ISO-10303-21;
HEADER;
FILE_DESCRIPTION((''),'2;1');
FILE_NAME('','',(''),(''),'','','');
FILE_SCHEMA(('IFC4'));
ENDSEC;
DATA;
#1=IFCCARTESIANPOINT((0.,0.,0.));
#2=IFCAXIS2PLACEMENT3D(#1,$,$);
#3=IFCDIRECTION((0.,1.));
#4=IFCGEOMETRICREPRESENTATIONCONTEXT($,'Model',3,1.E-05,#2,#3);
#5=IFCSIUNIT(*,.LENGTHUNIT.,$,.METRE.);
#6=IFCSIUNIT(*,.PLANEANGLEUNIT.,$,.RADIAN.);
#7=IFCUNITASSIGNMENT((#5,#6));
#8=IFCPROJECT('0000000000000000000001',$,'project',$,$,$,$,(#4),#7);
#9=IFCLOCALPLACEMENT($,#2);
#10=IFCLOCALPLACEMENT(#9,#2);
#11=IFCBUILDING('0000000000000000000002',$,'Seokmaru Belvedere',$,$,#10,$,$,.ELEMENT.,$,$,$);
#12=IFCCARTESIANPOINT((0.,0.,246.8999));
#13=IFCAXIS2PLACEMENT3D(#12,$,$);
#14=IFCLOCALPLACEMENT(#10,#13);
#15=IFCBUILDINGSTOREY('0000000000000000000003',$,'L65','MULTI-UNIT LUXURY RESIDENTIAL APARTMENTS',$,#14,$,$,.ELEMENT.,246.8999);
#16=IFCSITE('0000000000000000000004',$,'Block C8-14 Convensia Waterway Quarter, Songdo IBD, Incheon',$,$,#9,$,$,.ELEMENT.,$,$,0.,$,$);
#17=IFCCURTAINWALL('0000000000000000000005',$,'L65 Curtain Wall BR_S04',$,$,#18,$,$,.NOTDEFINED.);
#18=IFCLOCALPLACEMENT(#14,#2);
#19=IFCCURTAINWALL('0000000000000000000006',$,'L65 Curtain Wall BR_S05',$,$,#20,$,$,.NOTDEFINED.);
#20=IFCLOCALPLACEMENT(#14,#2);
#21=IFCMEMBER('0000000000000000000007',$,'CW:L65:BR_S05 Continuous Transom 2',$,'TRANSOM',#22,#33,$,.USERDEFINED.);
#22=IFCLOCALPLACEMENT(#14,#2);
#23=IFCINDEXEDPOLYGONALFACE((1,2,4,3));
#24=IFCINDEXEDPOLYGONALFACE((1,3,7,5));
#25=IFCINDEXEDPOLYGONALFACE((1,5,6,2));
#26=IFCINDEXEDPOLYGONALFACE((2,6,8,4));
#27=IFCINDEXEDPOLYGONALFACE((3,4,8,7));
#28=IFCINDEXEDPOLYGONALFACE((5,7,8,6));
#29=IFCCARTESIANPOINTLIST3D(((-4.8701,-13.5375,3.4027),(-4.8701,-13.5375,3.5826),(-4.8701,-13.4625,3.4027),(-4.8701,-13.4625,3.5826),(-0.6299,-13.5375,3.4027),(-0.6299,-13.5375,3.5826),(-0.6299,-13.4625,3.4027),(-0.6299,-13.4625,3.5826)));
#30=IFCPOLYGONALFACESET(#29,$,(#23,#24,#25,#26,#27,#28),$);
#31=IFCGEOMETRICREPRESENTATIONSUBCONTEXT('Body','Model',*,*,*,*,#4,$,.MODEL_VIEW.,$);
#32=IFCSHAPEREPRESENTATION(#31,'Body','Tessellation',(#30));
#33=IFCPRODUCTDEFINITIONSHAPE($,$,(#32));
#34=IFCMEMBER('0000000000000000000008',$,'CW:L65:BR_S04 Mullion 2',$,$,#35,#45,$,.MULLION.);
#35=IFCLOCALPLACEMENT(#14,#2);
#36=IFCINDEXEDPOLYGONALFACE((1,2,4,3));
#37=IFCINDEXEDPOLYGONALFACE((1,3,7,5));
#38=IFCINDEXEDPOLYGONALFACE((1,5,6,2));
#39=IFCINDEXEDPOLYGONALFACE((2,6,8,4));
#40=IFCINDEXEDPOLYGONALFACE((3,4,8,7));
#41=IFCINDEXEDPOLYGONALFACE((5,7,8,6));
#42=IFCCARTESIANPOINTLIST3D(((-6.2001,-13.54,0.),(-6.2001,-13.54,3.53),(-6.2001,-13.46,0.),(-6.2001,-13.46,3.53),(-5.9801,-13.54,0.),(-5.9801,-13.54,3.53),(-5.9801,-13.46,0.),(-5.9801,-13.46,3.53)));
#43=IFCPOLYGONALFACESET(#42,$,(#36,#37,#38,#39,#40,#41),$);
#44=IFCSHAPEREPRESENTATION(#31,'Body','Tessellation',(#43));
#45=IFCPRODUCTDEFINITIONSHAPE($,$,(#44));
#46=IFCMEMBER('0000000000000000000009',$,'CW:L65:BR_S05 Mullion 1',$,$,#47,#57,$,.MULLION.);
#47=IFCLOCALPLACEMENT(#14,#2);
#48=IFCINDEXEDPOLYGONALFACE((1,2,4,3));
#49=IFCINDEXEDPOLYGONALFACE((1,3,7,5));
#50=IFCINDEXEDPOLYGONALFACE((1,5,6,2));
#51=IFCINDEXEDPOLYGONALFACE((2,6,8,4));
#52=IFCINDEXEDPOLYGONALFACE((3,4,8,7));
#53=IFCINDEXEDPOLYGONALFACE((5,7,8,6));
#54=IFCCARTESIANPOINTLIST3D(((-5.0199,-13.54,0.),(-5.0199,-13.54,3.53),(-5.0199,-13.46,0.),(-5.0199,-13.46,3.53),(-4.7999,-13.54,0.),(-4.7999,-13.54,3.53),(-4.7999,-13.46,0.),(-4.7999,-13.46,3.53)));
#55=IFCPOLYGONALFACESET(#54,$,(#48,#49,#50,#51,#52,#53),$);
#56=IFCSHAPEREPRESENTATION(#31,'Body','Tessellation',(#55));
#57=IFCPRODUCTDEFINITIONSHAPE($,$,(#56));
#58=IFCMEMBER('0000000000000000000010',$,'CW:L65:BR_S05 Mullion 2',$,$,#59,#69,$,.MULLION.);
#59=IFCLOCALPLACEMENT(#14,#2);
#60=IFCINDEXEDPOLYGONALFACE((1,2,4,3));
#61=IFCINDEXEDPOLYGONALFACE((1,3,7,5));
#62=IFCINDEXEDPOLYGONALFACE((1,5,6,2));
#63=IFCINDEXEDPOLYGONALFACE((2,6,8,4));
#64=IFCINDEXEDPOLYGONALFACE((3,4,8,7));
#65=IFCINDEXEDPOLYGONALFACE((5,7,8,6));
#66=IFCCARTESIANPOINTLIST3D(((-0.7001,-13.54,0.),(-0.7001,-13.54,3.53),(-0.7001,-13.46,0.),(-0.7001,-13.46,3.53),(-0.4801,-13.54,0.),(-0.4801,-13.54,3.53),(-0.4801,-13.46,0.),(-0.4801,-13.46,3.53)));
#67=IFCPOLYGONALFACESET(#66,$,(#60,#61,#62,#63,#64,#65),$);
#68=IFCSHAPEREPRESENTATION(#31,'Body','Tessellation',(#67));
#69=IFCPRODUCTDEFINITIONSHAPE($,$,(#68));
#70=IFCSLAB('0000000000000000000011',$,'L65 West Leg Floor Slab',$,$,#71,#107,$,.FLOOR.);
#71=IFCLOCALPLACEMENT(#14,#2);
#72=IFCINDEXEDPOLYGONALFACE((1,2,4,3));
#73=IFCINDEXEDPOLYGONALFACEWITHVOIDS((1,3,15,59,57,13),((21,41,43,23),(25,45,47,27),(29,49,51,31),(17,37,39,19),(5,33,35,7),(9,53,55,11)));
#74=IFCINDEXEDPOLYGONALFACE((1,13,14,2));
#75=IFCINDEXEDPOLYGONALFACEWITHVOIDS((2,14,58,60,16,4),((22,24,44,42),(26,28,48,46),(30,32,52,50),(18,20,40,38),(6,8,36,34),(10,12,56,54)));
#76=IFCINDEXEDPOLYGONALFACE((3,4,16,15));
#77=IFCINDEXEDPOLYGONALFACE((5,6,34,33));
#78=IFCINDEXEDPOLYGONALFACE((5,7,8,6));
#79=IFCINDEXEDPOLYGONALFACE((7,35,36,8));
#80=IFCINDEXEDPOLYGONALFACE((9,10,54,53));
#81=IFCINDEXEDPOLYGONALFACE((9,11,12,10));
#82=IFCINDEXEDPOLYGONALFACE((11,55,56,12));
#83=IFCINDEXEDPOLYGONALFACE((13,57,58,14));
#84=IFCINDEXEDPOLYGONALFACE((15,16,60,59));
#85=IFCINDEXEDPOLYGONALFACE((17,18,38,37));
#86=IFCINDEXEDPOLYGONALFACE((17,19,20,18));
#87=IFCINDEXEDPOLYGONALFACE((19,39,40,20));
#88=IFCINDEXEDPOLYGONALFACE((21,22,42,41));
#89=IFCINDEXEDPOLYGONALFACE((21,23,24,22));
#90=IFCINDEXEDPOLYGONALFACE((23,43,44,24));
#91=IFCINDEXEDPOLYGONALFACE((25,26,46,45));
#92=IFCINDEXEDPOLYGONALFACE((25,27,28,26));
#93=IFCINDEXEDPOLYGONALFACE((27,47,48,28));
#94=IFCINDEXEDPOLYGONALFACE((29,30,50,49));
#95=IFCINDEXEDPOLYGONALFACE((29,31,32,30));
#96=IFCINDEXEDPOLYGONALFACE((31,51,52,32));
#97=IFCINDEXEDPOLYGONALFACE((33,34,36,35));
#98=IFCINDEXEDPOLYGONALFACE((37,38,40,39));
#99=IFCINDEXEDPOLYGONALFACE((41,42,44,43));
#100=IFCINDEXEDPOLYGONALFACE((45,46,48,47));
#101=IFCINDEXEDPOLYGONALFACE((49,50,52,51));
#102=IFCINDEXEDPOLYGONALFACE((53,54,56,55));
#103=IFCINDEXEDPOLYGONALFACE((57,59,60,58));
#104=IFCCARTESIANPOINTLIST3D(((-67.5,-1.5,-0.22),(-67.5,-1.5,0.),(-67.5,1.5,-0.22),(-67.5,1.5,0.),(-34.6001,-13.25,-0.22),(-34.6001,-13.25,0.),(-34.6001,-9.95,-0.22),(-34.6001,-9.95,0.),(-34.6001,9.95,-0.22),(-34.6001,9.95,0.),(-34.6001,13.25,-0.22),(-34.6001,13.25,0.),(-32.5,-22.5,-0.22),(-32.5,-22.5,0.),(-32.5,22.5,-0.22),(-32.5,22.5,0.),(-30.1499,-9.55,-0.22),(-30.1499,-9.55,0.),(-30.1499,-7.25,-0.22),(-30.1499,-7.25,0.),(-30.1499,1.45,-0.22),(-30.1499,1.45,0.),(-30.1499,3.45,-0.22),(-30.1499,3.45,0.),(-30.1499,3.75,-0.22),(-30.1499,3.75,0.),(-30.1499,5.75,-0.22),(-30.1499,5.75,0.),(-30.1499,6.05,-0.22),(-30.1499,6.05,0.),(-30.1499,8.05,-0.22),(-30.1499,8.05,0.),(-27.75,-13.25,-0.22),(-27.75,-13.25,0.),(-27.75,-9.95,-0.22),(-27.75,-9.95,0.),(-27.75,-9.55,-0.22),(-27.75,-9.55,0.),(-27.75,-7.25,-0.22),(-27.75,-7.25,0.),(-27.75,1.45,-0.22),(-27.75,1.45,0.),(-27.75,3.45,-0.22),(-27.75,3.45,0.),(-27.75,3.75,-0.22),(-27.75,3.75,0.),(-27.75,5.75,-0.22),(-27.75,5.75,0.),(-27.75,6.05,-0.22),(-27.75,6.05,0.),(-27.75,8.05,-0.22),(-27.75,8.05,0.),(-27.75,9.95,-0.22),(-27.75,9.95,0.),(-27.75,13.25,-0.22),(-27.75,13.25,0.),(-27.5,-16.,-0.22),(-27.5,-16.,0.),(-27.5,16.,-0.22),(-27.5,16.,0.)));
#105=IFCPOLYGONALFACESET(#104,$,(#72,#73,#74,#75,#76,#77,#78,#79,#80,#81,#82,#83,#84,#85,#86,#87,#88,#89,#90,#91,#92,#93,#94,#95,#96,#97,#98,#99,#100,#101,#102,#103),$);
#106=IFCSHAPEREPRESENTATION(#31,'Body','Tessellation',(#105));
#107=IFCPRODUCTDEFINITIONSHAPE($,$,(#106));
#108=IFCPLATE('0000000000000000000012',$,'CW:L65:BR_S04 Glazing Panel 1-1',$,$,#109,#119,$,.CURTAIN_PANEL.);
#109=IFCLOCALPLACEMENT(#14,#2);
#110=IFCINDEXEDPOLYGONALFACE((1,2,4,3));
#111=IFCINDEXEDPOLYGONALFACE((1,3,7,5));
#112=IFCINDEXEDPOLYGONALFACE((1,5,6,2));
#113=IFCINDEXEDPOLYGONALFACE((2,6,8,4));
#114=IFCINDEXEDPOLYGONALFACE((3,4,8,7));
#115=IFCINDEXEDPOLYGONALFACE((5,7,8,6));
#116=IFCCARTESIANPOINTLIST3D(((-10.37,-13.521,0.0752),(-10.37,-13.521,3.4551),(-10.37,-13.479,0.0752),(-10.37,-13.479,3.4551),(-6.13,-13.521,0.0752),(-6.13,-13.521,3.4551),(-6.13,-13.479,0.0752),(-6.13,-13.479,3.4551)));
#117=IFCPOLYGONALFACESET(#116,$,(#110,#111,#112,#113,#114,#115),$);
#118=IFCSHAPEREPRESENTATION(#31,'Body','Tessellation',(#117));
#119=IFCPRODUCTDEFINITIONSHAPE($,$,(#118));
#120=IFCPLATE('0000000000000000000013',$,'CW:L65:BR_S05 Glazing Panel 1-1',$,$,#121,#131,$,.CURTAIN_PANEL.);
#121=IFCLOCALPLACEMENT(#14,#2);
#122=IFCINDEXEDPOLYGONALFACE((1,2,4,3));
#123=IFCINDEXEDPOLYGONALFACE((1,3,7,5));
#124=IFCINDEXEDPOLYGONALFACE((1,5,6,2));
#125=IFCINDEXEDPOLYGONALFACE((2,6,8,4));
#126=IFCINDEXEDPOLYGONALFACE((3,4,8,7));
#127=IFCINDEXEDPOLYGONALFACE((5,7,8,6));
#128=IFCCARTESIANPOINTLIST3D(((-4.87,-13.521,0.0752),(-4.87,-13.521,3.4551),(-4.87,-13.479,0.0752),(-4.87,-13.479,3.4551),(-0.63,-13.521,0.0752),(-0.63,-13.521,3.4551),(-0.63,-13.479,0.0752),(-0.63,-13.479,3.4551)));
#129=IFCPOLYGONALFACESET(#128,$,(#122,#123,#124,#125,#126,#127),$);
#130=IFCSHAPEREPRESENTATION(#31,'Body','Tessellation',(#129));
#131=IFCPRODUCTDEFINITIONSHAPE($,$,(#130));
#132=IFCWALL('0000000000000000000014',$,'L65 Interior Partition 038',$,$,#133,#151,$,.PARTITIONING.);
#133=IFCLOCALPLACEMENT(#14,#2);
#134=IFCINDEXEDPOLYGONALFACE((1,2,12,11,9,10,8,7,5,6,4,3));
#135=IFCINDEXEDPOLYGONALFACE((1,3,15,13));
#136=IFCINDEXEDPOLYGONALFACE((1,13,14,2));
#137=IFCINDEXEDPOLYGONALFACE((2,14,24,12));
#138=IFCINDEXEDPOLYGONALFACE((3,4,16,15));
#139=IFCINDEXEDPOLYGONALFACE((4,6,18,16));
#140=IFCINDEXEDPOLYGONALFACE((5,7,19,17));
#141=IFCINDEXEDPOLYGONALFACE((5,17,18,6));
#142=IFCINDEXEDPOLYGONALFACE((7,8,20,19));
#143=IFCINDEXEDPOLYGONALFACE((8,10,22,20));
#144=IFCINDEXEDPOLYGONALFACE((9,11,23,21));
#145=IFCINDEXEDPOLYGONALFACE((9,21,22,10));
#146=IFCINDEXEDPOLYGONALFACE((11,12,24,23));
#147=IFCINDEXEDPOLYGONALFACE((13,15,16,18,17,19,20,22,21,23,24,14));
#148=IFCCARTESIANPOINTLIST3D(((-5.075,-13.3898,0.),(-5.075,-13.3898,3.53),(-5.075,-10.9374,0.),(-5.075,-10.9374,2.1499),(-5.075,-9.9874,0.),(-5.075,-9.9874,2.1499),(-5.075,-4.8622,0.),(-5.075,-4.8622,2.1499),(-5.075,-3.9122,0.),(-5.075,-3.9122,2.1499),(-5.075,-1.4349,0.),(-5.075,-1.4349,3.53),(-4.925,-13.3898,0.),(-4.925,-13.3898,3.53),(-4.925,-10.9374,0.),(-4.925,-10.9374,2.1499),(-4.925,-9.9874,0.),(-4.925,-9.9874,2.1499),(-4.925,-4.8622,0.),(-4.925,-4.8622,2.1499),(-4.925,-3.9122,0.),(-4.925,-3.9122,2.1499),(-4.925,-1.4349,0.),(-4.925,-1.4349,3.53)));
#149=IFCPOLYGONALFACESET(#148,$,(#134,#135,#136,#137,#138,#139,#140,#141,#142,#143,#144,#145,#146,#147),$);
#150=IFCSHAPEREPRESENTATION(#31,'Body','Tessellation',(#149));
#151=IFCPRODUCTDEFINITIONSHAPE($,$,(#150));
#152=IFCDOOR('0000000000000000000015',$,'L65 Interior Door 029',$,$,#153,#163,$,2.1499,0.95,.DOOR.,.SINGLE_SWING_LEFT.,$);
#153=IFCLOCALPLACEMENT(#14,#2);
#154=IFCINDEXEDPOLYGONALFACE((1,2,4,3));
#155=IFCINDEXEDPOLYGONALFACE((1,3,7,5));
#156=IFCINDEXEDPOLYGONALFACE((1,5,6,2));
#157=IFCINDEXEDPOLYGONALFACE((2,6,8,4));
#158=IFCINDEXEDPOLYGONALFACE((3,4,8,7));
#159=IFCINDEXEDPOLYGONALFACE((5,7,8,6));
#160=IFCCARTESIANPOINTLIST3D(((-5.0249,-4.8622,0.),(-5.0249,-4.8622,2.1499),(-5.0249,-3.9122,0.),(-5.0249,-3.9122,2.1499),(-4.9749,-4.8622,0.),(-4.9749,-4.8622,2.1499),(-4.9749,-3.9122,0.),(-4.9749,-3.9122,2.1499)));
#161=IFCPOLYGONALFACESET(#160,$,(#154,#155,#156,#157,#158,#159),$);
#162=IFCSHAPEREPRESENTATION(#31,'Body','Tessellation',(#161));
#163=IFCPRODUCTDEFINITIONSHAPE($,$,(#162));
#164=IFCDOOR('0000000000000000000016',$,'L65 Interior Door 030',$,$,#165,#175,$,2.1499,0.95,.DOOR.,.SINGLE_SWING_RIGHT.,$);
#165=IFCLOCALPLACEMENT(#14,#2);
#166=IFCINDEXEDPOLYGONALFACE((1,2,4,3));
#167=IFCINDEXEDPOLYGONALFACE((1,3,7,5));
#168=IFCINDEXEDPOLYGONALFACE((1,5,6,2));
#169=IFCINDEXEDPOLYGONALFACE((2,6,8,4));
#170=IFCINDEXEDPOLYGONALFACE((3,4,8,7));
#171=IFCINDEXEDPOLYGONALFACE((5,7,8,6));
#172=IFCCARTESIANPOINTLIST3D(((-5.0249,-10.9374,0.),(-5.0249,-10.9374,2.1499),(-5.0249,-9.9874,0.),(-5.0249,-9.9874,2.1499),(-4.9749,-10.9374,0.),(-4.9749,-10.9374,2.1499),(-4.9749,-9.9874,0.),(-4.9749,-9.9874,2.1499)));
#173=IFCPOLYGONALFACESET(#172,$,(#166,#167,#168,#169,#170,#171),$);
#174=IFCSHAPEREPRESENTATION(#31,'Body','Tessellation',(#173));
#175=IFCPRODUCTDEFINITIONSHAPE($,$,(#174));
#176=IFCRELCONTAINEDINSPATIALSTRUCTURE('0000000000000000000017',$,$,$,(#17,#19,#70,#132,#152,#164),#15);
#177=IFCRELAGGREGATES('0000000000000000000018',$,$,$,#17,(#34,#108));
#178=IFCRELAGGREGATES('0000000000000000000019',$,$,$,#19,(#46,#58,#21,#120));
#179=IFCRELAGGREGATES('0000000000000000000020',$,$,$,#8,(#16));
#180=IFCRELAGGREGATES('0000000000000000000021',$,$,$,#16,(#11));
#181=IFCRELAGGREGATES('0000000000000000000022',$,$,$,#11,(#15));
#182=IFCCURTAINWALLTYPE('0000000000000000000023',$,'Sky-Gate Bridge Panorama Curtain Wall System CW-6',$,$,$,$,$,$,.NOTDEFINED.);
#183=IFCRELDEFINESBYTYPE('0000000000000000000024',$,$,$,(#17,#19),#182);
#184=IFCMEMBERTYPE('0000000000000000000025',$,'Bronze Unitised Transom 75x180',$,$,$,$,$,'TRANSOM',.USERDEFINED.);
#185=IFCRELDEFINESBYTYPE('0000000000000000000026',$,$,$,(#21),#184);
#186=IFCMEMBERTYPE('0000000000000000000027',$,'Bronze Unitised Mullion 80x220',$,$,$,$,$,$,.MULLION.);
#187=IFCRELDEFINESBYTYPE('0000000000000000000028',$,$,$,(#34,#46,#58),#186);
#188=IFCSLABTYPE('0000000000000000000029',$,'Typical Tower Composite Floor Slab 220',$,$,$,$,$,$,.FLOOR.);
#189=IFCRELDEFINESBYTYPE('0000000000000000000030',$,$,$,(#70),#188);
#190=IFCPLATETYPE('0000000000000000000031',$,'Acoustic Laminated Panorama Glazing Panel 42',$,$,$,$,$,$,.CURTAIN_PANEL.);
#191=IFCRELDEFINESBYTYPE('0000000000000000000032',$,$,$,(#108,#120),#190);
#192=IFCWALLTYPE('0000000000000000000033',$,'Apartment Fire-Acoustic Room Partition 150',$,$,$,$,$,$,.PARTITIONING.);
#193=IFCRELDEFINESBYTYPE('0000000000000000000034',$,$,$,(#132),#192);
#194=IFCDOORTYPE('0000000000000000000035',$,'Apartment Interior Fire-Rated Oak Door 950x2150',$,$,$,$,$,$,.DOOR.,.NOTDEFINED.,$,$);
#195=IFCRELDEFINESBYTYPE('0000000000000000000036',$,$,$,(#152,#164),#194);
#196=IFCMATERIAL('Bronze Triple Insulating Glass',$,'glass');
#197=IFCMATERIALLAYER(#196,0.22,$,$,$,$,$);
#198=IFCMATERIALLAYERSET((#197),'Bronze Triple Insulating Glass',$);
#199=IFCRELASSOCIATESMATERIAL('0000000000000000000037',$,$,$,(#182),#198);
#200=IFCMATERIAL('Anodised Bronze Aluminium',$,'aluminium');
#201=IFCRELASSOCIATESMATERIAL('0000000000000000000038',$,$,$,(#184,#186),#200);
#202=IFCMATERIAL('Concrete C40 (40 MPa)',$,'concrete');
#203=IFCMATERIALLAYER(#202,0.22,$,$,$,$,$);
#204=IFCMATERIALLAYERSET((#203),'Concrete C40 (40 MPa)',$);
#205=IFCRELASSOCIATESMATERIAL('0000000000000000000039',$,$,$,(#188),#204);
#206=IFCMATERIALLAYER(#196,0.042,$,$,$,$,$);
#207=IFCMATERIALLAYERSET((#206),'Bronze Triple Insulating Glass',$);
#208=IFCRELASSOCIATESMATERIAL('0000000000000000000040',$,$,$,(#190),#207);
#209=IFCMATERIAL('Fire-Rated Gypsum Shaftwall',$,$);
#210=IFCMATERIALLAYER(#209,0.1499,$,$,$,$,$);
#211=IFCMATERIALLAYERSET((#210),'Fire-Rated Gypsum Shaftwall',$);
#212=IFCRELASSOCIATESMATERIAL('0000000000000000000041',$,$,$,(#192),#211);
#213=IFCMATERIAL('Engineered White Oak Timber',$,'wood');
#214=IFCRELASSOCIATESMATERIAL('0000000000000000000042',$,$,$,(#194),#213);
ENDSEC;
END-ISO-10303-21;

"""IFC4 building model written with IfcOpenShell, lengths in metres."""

from ifc_helpers import new_model, si_unit, direction, frame, frame_2d, origin, origin_2d, place, context, subcontext, project, spatial, polyline, rectangle, outline, extrude, source, transform, mapped, material, layer, layer_set, material_profile, profile_set, type_object, type_shapes, element, fill, aggregate, save


model = new_model("IFC4")

# Units and contexts
model_context = context("Model", 3, precision=1e-05, world=origin(), true_north=direction((0.0, 1.0)))
body_context = subcontext(model_context, "Body", "Model", "MODEL_VIEW")
ifc_project = project(units=[si_unit("LENGTHUNIT", "METRE"), si_unit("PLANEANGLEUNIT", "RADIAN")], contexts=[model_context])

# Site, building, storey
site_placement = place(None, origin())
site = spatial("IfcSite", under=ifc_project, at=site_placement, Name="Block C8-14 Convensia Waterway Quarter, Songdo IBD, Incheon", CompositionType="ELEMENT", RefElevation=0.0)
building_placement = place(site_placement, origin())
building = spatial("IfcBuilding", under=site, at=building_placement, Name="Seokmaru Belvedere", CompositionType="ELEMENT")
storey_placement = place(building_placement, frame((0.0, 0.0, 246.8999)))
storey = spatial("IfcBuildingStorey", under=building, at=storey_placement, Name="L65", Description="MULTI-UNIT LUXURY RESIDENTIAL APARTMENTS", CompositionType="ELEMENT", Elevation=246.8999)

# Curtain walls, member
ifc_material_1 = material(Name="Bronze Triple Insulating Glass", Category="glass")
ifc_layer_1 = layer(ifc_material_1, 0.22)
ifc_layer_set_1 = layer_set([ifc_layer_1], Name="Bronze Triple Insulating Glass")
curtain_wall_type = type_object("IfcCurtainWallType", Name="Sky-Gate Bridge Panorama Curtain Wall System CW-6", PredefinedType="NOTDEFINED", material=ifc_layer_set_1)
curtain_wall_1_placement = place(storey_placement, origin())
curtain_wall_1 = element("IfcCurtainWall", 1, at=curtain_wall_1_placement, inside=storey, type_object=curtain_wall_type, Name="L65 Curtain Wall BR_S04", PredefinedType="NOTDEFINED")
ifc_material_2 = material(Name="Anodised Bronze Aluminium", Category="aluminium")
ifc_material_profile_1 = material_profile(ifc_material_2, rectangle(XDim=0.075, YDim=0.1799, at=origin_2d()), Name="CW-T-75x180")
ifc_profile_set_1 = profile_set([ifc_material_profile_1], Name="Anodised Bronze Aluminium")
member_type_1 = type_object("IfcMemberType", Name="Bronze Unitised Transom 75x180", ElementType="TRANSOM", PredefinedType="USERDEFINED", material=ifc_profile_set_1)
shared_shape_1 = source(origin(), body_context, "Body", "SweptSolid", [
    extrude(rectangle(XDim=0.075, YDim=0.1799, at=origin_2d()), origin(), (0.0, 0.0, 1.0), 4.2402),
])
type_shapes(member_type_1, [shared_shape_1])
curtain_wall_2_placement = place(storey_placement, origin())
curtain_wall_2 = element("IfcCurtainWall", 2, at=curtain_wall_2_placement, inside=storey, type_object=curtain_wall_type, Name="L65 Curtain Wall BR_S05", PredefinedType="NOTDEFINED")
member_1_placement = place(storey_placement, frame((-4.8701, -13.5, 3.4927), z_axis=(1.0, 0.0, 0.0), x_axis=(0.0, 1.0, 0.0)))
member_1 = element("IfcMember", 3, at=member_1_placement, type_object=member_type_1, Name="CW:L65:BR_S05 Continuous Transom 2", ObjectType="TRANSOM", PredefinedType="USERDEFINED", context=body_context, shape_type="MappedRepresentation", body=[
    mapped(shared_shape_1, transform((0.0, 0.0, 0.0), scale=1.0)),
])

# Members
ifc_material_profile_2 = material_profile(ifc_material_2, rectangle(XDim=0.0801, YDim=0.22, at=origin_2d()), Name="CW-M-80x220")
ifc_profile_set_2 = profile_set([ifc_material_profile_2], Name="Anodised Bronze Aluminium")
member_type_2 = type_object("IfcMemberType", Name="Bronze Unitised Mullion 80x220", PredefinedType="MULLION", material=ifc_profile_set_2)
shared_shape_2 = source(origin(), body_context, "Body", "SweptSolid", [
    extrude(rectangle(XDim=0.0801, YDim=0.22, at=origin_2d()), origin(), (0.0, 0.0, 1.0), 3.53),
])
type_shapes(member_type_2, [shared_shape_2])
member_2_placement = place(storey_placement, frame((-6.0901, -13.5, 0.0), z_axis=(0.0, 0.0, 1.0), x_axis=(0.0, 1.0, 0.0)))
member_2 = element("IfcMember", 4, at=member_2_placement, type_object=member_type_2, Name="CW:L65:BR_S04 Mullion 2", PredefinedType="MULLION", context=body_context, shape_type="MappedRepresentation", body=[
    mapped(shared_shape_2, transform((0.0, 0.0, 0.0), scale=1.0)),
])
member_3_placement = place(storey_placement, frame((-4.9099, -13.5, 0.0), z_axis=(0.0, 0.0, 1.0), x_axis=(0.0, 1.0, 0.0)))
member_3 = element("IfcMember", 5, at=member_3_placement, type_object=member_type_2, Name="CW:L65:BR_S05 Mullion 1", PredefinedType="MULLION", context=body_context, shape_type="MappedRepresentation", body=[
    mapped(shared_shape_2, transform((0.0, 0.0, 0.0), scale=1.0)),
])
member_4_placement = place(storey_placement, frame((-0.5901, -13.5, 0.0), z_axis=(0.0, 0.0, 1.0), x_axis=(0.0, 1.0, 0.0)))
member_4 = element("IfcMember", 6, at=member_4_placement, type_object=member_type_2, Name="CW:L65:BR_S05 Mullion 2", PredefinedType="MULLION", context=body_context, shape_type="MappedRepresentation", body=[
    mapped(shared_shape_2, transform((0.0, 0.0, 0.0), scale=1.0)),
])

# Slab
ifc_material_3 = material(Name="Concrete C40 (40 MPa)", Category="concrete")
ifc_layer_2 = layer(ifc_material_3, 0.22)
ifc_layer_set_2 = layer_set([ifc_layer_2], Name="Concrete C40 (40 MPa)")
slab_type = type_object("IfcSlabType", Name="Typical Tower Composite Floor Slab 220", PredefinedType="FLOOR", material=ifc_layer_set_2)
slab_placement = place(storey_placement, frame((0.0, 0.0, -0.22)))
element("IfcSlab", 7, at=slab_placement, inside=storey, type_object=slab_type, Name="L65 West Leg Floor Slab", PredefinedType="FLOOR", context=body_context, shape_type="SweptSolid", body=[
    extrude(outline(polyline([(-27.5, -16.0), (-27.5, 16.0), (-32.5, 22.5), (-67.5, 1.5), (-67.5, -1.5), (-32.5, -22.5), (-27.5, -16.0)]), holes=[polyline([(-34.6001, -13.25), (-27.75, -13.25), (-27.75, -9.95), (-34.6001, -9.95), (-34.6001, -13.25)]), polyline([(-34.6001, 9.95), (-27.75, 9.95), (-27.75, 13.25), (-34.6001, 13.25), (-34.6001, 9.95)]), polyline([(-30.1499, -9.55), (-27.75, -9.55), (-27.75, -7.25), (-30.1499, -7.25), (-30.1499, -9.55)]), polyline([(-30.1499, 1.45), (-27.75, 1.45), (-27.75, 3.45), (-30.1499, 3.45), (-30.1499, 1.45)]), polyline([(-30.1499, 3.75), (-27.75, 3.75), (-27.75, 5.75), (-30.1499, 5.75), (-30.1499, 3.75)]), polyline([(-30.1499, 6.05), (-27.75, 6.05), (-27.75, 8.05), (-30.1499, 8.05), (-30.1499, 6.05)])]), origin(), (0.0, 0.0, 1.0), 0.22),
])

# Plates
ifc_layer_3 = layer(ifc_material_1, 0.042)
ifc_layer_set_3 = layer_set([ifc_layer_3], Name="Bronze Triple Insulating Glass")
plate_type = type_object("IfcPlateType", Name="Acoustic Laminated Panorama Glazing Panel 42", PredefinedType="CURTAIN_PANEL", material=ifc_layer_set_3)
shared_shape_3 = source(origin(), body_context, "Body", "SweptSolid", [
    extrude(rectangle(XDim=4.24, YDim=0.042, at=origin_2d()), origin(), (0.0, 0.0, 1.0), 3.3799),
])
type_shapes(plate_type, [shared_shape_3])
plate_1_placement = place(storey_placement, frame((-8.25, -13.5, 0.0752), z_axis=(0.0, 0.0, 1.0), x_axis=(1.0, 0.0, 0.0)))
plate_1 = element("IfcPlate", 8, at=plate_1_placement, type_object=plate_type, Name="CW:L65:BR_S04 Glazing Panel 1-1", PredefinedType="CURTAIN_PANEL", context=body_context, shape_type="MappedRepresentation", body=[
    mapped(shared_shape_3, transform((0.0, 0.0, 0.0), scale=1.0)),
])
aggregate(curtain_wall_1, [member_2, plate_1])
plate_2_placement = place(storey_placement, frame((-2.75, -13.5, 0.0752), z_axis=(0.0, 0.0, 1.0), x_axis=(1.0, 0.0, 0.0)))
plate_2 = element("IfcPlate", 9, at=plate_2_placement, type_object=plate_type, Name="CW:L65:BR_S05 Glazing Panel 1-1", PredefinedType="CURTAIN_PANEL", context=body_context, shape_type="MappedRepresentation", body=[
    mapped(shared_shape_3, transform((0.0, 0.0, 0.0), scale=1.0)),
])
aggregate(curtain_wall_2, [member_3, member_4, member_1, plate_2])

# Wall, openings, doors
ifc_material_4 = material(Name="Fire-Rated Gypsum Shaftwall")
ifc_layer_4 = layer(ifc_material_4, 0.1499)
ifc_layer_set_4 = layer_set([ifc_layer_4], Name="Fire-Rated Gypsum Shaftwall")
wall_type_1 = type_object("IfcWallType", Name="Apartment Fire-Acoustic Room Partition 150", PredefinedType="PARTITIONING", material=ifc_layer_set_4)
wall_placement = place(storey_placement, frame((-5.0, -13.3899, 0.0), z_axis=(0.0, 0.0, 1.0), x_axis=(0.0, 1.0, 0.0)))
wall = element("IfcWall", 10, at=wall_placement, inside=storey, type_object=wall_type_1, Name="L65 Interior Partition 038", PredefinedType="PARTITIONING", context=body_context, shape_type="SweptSolid", body=[
    extrude(rectangle(XDim=11.9548, YDim=0.1499, at=frame_2d((5.9775, 0.0))), origin(), (0.0, 0.0, 1.0), 3.53),
])
opening_1_placement = place(wall_placement, frame((8.5276, 0.0, 0.0)))
opening_1 = element("IfcOpeningElement", 11, at=opening_1_placement, cuts=wall, PredefinedType="OPENING", context=body_context, shape_type="SweptSolid", body=[
    extrude(rectangle(XDim=0.95, YDim=2.1499, at=frame_2d((0.4751, 1.075))), frame((0.0, 0.085, 0.0), z_axis=(0.0, -1.0, 0.0), x_axis=(1.0, 0.0, 0.0)), (0.0, 0.0, 1.0), 0.1699),
])
opening_2_placement = place(wall_placement, frame((2.4524, 0.0, 0.0)))
opening_2 = element("IfcOpeningElement", 12, at=opening_2_placement, cuts=wall, PredefinedType="OPENING", context=body_context, shape_type="SweptSolid", body=[
    extrude(rectangle(XDim=0.95, YDim=2.1499, at=frame_2d((0.4751, 1.075))), frame((0.0, 0.085, 0.0), z_axis=(0.0, -1.0, 0.0), x_axis=(1.0, 0.0, 0.0)), (0.0, 0.0, 1.0), 0.1699),
])
ifc_material_5 = material(Name="Engineered White Oak Timber", Category="wood")
door_type = type_object("IfcDoorType", Name="Apartment Interior Fire-Rated Oak Door 950x2150", OperationType="NOTDEFINED", PredefinedType="DOOR", material=ifc_material_5)
shared_shape_4 = source(origin(), body_context, "Body", "SweptSolid", [
    extrude(rectangle(XDim=0.95, YDim=2.1499, at=frame_2d((0.4751, 1.075))), frame((0.0, 0.0249, 0.0), z_axis=(0.0, -1.0, 0.0), x_axis=(1.0, 0.0, 0.0)), (0.0, 0.0, 1.0), 0.05),
])
type_shapes(door_type, [shared_shape_4])
door_1_placement = place(opening_1_placement, origin())
door_1 = element("IfcDoor", 13, at=door_1_placement, inside=storey, type_object=door_type, Name="L65 Interior Door 029", OperationType="SINGLE_SWING_LEFT", OverallHeight=2.1499, OverallWidth=0.95, PredefinedType="DOOR", context=body_context, shape_type="MappedRepresentation", body=[
    mapped(shared_shape_4, transform((0.0, 0.0, 0.0), scale=1.0)),
])
fill(opening_1, door_1)
door_2_placement = place(opening_2_placement, origin())
door_2 = element("IfcDoor", 14, at=door_2_placement, inside=storey, type_object=door_type, Name="L65 Interior Door 030", OperationType="SINGLE_SWING_RIGHT", OverallHeight=2.1499, OverallWidth=0.95, PredefinedType="DOOR", context=body_context, shape_type="MappedRepresentation", body=[
    mapped(shared_shape_4, transform((0.0, 0.0, 0.0), scale=1.0)),
])
fill(opening_2, door_2)

save(model, "model.ifc")
